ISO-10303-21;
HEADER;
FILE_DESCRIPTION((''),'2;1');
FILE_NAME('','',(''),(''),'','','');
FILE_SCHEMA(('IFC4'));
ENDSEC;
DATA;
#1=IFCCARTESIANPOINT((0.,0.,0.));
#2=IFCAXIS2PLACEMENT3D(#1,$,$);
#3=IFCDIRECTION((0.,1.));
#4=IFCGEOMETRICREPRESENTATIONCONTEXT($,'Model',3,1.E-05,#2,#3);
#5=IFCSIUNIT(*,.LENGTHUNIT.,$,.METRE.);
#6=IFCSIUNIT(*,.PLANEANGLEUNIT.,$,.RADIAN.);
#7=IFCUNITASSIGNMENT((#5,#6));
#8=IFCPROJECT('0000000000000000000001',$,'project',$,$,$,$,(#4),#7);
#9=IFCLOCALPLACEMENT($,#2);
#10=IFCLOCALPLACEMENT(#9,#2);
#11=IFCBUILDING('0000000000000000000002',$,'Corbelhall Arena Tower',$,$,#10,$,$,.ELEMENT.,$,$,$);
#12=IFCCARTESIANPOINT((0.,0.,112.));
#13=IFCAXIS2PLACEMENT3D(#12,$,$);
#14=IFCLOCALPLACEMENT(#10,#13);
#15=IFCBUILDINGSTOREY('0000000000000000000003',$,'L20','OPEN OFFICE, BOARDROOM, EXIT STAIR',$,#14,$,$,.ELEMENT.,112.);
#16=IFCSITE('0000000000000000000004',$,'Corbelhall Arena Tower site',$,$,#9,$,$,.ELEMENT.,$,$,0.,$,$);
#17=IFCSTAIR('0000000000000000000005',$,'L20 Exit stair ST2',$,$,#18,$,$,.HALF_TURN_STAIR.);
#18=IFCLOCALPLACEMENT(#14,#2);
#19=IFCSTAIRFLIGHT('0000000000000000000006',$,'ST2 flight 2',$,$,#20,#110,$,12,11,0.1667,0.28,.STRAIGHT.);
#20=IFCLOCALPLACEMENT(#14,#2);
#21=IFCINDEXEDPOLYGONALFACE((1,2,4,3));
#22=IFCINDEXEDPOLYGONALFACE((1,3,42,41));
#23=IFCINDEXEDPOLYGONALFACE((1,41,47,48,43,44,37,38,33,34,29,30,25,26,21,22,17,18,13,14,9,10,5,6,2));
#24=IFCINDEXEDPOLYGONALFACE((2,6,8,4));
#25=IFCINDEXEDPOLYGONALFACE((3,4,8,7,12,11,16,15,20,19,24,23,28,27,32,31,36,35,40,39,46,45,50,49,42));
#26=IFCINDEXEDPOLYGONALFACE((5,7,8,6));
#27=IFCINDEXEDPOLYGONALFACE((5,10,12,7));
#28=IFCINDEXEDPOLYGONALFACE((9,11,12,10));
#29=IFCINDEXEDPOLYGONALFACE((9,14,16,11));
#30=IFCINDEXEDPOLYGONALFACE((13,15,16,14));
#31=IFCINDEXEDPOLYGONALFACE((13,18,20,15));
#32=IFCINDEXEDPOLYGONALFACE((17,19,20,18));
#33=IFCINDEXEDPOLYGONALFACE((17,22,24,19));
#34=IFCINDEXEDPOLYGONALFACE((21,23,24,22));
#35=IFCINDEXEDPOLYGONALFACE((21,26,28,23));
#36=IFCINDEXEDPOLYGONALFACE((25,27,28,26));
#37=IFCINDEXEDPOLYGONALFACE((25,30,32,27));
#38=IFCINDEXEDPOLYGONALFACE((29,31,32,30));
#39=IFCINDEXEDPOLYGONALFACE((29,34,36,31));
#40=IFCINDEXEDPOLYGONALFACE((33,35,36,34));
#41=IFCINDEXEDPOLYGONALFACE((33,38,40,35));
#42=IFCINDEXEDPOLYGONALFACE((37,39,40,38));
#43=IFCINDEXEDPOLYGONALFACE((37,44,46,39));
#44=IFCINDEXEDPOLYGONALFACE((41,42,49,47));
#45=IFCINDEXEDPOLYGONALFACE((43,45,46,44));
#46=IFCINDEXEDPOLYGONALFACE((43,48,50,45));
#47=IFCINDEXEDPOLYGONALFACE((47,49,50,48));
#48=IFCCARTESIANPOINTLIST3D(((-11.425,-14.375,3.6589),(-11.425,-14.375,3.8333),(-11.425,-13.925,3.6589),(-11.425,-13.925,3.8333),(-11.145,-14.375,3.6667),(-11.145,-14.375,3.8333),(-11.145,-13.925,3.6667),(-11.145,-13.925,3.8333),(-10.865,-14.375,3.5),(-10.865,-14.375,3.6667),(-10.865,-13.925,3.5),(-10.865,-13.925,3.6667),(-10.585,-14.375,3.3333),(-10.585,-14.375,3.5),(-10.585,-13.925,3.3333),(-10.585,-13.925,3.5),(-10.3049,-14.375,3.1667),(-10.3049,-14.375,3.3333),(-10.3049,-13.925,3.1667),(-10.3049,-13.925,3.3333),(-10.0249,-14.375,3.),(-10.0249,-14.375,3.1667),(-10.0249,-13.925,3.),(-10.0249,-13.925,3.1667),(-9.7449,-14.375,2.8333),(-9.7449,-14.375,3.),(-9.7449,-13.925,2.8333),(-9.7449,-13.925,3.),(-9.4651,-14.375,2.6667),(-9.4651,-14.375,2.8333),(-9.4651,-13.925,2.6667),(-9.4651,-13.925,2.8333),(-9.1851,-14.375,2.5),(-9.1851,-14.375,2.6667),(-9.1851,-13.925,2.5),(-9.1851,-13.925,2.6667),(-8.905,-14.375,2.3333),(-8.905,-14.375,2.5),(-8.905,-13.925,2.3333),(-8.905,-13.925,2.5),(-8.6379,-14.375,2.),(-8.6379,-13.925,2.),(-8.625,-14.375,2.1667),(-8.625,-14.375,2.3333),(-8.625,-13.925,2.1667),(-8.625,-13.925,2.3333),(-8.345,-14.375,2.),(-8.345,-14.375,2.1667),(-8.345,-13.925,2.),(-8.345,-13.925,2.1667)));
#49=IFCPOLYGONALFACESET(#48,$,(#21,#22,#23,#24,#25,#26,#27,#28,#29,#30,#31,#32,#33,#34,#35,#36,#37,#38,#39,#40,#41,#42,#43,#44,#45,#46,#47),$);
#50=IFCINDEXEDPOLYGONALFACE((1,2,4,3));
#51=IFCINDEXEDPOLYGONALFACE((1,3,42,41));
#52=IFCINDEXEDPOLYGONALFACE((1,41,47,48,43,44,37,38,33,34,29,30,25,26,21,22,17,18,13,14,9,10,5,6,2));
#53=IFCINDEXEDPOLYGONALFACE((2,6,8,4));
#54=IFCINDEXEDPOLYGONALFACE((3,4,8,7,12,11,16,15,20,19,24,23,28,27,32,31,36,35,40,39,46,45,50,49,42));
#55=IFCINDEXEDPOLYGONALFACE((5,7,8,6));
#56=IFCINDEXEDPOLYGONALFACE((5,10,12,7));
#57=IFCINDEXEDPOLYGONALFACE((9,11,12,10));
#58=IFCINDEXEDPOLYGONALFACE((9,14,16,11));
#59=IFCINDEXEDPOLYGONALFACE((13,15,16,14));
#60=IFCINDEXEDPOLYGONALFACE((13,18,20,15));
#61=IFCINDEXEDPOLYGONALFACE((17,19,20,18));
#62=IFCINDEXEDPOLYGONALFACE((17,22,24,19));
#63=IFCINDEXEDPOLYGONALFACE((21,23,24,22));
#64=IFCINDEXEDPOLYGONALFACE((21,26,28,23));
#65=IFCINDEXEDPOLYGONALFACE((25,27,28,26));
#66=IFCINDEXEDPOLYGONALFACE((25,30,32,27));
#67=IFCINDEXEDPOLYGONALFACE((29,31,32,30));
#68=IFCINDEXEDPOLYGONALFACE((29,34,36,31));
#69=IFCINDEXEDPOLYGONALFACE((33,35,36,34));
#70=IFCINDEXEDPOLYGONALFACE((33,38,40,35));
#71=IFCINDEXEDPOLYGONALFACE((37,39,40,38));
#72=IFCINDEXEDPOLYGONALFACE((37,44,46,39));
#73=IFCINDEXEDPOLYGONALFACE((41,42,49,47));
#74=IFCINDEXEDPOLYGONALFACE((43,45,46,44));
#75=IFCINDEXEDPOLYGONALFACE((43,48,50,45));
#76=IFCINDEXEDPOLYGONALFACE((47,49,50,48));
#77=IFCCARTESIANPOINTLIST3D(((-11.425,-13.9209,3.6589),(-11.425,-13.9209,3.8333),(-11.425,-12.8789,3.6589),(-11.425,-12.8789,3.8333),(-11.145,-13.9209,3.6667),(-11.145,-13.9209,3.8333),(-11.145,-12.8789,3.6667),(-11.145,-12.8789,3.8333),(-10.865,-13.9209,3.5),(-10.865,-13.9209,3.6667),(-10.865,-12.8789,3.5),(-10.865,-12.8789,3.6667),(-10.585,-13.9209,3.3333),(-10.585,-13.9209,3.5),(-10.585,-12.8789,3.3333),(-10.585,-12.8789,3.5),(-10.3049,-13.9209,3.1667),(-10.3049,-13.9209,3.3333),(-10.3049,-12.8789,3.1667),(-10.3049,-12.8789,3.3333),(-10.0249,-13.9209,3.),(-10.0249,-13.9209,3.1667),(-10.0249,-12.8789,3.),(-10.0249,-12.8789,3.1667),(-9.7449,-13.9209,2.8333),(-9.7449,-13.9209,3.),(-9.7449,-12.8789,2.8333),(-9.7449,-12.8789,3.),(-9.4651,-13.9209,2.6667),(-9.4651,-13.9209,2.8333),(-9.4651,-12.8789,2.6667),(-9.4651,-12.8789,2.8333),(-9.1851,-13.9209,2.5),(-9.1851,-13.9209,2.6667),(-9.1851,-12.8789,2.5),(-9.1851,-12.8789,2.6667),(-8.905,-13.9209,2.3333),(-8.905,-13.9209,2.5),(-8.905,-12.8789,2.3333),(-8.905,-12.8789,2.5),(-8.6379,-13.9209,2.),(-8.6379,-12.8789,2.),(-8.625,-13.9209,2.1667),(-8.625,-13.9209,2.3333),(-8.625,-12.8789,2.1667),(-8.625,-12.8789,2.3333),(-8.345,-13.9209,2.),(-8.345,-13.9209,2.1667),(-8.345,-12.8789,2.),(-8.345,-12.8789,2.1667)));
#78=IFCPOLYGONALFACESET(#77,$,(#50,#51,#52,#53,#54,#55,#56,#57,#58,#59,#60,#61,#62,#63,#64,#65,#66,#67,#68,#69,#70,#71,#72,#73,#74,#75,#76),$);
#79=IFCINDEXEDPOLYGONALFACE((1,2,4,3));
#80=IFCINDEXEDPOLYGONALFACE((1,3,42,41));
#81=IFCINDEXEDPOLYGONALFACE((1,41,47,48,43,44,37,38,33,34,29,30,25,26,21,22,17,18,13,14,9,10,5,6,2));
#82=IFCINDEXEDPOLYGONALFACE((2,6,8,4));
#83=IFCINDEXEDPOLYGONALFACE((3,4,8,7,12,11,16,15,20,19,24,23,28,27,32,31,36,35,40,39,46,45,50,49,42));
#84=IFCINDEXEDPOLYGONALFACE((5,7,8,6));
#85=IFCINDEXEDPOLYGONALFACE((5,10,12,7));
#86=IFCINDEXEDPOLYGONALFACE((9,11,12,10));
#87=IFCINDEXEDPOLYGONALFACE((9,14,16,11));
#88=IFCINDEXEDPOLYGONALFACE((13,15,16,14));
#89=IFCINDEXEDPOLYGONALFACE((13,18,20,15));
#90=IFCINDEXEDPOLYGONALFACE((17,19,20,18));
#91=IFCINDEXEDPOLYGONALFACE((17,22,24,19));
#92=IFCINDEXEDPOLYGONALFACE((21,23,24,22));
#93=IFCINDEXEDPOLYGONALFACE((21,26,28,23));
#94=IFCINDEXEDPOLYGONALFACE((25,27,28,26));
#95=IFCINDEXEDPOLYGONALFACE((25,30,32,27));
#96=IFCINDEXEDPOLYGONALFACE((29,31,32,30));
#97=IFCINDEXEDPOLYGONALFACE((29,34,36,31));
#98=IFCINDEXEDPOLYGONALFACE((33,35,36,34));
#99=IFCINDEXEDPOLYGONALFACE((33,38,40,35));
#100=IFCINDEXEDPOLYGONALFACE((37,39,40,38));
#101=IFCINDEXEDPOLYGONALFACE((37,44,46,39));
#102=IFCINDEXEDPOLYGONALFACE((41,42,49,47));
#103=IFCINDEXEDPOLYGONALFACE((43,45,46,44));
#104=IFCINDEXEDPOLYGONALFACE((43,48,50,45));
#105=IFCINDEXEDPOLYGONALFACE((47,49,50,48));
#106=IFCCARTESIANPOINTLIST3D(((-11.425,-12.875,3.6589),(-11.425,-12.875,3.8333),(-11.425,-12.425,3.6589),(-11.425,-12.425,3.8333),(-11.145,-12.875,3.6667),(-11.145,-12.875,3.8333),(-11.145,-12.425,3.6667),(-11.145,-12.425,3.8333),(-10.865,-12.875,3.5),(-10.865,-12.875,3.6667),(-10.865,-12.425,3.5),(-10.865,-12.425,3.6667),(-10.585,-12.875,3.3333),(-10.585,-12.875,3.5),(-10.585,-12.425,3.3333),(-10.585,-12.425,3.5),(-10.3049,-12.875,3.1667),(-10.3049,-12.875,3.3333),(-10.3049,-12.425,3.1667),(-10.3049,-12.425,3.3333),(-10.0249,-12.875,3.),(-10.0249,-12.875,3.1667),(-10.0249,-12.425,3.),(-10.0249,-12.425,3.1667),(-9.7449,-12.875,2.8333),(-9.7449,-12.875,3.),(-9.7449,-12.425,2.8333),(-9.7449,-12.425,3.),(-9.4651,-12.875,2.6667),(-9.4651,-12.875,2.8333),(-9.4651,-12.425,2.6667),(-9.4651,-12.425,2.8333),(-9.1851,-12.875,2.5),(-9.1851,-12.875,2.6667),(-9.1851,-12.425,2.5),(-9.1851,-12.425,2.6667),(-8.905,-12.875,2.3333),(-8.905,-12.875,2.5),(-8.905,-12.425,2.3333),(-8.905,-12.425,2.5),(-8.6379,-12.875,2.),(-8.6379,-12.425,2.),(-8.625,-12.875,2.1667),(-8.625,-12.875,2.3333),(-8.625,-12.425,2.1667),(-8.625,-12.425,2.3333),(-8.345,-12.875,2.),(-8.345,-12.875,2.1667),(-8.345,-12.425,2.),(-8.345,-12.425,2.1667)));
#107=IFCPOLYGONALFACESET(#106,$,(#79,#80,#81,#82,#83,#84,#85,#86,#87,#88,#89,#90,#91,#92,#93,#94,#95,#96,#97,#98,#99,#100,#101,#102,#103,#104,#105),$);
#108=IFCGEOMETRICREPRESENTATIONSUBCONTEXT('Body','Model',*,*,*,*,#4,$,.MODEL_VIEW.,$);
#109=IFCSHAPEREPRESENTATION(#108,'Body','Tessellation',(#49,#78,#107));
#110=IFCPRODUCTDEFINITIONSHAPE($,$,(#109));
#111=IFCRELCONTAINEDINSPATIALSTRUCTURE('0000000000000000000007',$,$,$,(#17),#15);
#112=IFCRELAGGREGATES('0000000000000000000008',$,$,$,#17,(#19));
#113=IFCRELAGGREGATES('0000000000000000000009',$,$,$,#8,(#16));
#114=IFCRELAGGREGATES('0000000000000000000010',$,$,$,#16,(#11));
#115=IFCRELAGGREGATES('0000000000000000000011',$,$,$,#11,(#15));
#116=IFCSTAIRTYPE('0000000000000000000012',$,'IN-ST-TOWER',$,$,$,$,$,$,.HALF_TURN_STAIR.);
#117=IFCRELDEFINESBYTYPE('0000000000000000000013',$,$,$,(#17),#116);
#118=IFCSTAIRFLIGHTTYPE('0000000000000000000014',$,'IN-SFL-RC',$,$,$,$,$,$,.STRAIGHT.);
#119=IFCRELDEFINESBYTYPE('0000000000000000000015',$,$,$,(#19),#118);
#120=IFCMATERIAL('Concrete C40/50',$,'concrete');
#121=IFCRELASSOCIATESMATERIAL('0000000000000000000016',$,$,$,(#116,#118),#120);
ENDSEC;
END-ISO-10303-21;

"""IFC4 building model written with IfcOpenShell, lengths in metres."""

from ifc_helpers import new_model, si_unit, direction, frame, origin, place, context, subcontext, project, spatial, polyline, outline, extrude, material, type_object, element, aggregate, save


model = new_model("IFC4")

# Units and contexts
model_context = context("Model", 3, precision=1e-05, world=origin(), true_north=direction((0.0, 1.0)))
body_context = subcontext(model_context, "Body", "Model", "MODEL_VIEW")
ifc_project = project(units=[si_unit("LENGTHUNIT", "METRE"), si_unit("PLANEANGLEUNIT", "RADIAN")], contexts=[model_context])

# Site, building, storey
site_placement = place(None, origin())
site = spatial("IfcSite", under=ifc_project, at=site_placement, Name="Corbelhall Arena Tower site", CompositionType="ELEMENT", RefElevation=0.0)
building_placement = place(site_placement, origin())
building = spatial("IfcBuilding", under=site, at=building_placement, Name="Corbelhall Arena Tower", CompositionType="ELEMENT")
storey_placement = place(building_placement, frame((0.0, 0.0, 112.0)))
storey = spatial("IfcBuildingStorey", under=building, at=storey_placement, Name="L20", Description="OPEN OFFICE, BOARDROOM, EXIT STAIR", CompositionType="ELEMENT", Elevation=112.0)

# Shared definitions
ifc_material_1 = material(Name="Concrete C40/50", Category="concrete")

# Stair, stair flight
stair_type = type_object("IfcStairType", Name="IN-ST-TOWER", PredefinedType="HALF_TURN_STAIR", material=ifc_material_1)
stair_placement = place(storey_placement, origin())
stair = element("IfcStair", 1, at=stair_placement, inside=storey, type_object=stair_type, Name="L20 Exit stair ST2", PredefinedType="HALF_TURN_STAIR")
stair_flight_type = type_object("IfcStairFlightType", Name="IN-SFL-RC", PredefinedType="STRAIGHT", material=ifc_material_1)
stair_flight_1_placement = place(storey_placement, frame((-8.345, -13.3999, 2.0), z_axis=(0.0, 0.0, 1.0), x_axis=(-1.0, 0.0, 0.0)))
stair_flight_1 = element("IfcStairFlight", 2, at=stair_flight_1_placement, type_object=stair_flight_type, Name="ST2 flight 2", NumberOfRisers=12, NumberOfTreads=11, PredefinedType="STRAIGHT", RiserHeight=0.1667, TreadLength=0.28, context=body_context, shape_type="SweptSolid", body=[
    extrude(outline(polyline([(0.0, 0.0), (0.0, 0.1667), (0.28, 0.1667), (0.28, 0.3333), (0.5601, 0.3333), (0.5601, 0.5), (0.8401, 0.5), (0.8401, 0.6667), (1.1201, 0.6667), (1.1201, 0.8333), (1.3999, 0.8333), (1.3999, 1.0), (1.6799, 1.0), (1.6799, 1.1667), (1.96, 1.1667), (1.96, 1.3333), (2.24, 1.3333), (2.24, 1.5), (2.52, 1.5), (2.52, 1.6667), (2.8, 1.6667), (2.8, 1.8333), (3.0801, 1.8333), (3.0801, 2.0), (3.0801, 1.6589), (0.293, 0.0), (0.0, 0.0)])), frame((0.0, 0.9751, 0.0), z_axis=(0.0, -1.0, 0.0), x_axis=(1.0, 0.0, 0.0)), (0.0, 0.0, 1.0), 0.45),
    extrude(outline(polyline([(0.0, 0.0), (0.0, 0.1667), (0.28, 0.1667), (0.28, 0.3333), (0.5601, 0.3333), (0.5601, 0.5), (0.8401, 0.5), (0.8401, 0.6667), (1.1201, 0.6667), (1.1201, 0.8333), (1.3999, 0.8333), (1.3999, 1.0), (1.6799, 1.0), (1.6799, 1.1667), (1.96, 1.1667), (1.96, 1.3333), (2.24, 1.3333), (2.24, 1.5), (2.52, 1.5), (2.52, 1.6667), (2.8, 1.6667), (2.8, 1.8333), (3.0801, 1.8333), (3.0801, 2.0), (3.0801, 1.6589), (0.293, 0.0), (0.0, 0.0)])), frame((0.0, 0.521, 0.0), z_axis=(0.0, -1.0, 0.0), x_axis=(1.0, 0.0, 0.0)), (0.0, 0.0, 1.0), 1.042),
    extrude(outline(polyline([(0.0, 0.0), (0.0, 0.1667), (0.28, 0.1667), (0.28, 0.3333), (0.5601, 0.3333), (0.5601, 0.5), (0.8401, 0.5), (0.8401, 0.6667), (1.1201, 0.6667), (1.1201, 0.8333), (1.3999, 0.8333), (1.3999, 1.0), (1.6799, 1.0), (1.6799, 1.1667), (1.96, 1.1667), (1.96, 1.3333), (2.24, 1.3333), (2.24, 1.5), (2.52, 1.5), (2.52, 1.6667), (2.8, 1.6667), (2.8, 1.8333), (3.0801, 1.8333), (3.0801, 2.0), (3.0801, 1.6589), (0.293, 0.0), (0.0, 0.0)])), frame((0.0, -0.5249, 0.0), z_axis=(0.0, -1.0, 0.0), x_axis=(1.0, 0.0, 0.0)), (0.0, 0.0, 1.0), 0.45),
])
aggregate(stair, [stair_flight_1])

save(model, "model.ifc")
